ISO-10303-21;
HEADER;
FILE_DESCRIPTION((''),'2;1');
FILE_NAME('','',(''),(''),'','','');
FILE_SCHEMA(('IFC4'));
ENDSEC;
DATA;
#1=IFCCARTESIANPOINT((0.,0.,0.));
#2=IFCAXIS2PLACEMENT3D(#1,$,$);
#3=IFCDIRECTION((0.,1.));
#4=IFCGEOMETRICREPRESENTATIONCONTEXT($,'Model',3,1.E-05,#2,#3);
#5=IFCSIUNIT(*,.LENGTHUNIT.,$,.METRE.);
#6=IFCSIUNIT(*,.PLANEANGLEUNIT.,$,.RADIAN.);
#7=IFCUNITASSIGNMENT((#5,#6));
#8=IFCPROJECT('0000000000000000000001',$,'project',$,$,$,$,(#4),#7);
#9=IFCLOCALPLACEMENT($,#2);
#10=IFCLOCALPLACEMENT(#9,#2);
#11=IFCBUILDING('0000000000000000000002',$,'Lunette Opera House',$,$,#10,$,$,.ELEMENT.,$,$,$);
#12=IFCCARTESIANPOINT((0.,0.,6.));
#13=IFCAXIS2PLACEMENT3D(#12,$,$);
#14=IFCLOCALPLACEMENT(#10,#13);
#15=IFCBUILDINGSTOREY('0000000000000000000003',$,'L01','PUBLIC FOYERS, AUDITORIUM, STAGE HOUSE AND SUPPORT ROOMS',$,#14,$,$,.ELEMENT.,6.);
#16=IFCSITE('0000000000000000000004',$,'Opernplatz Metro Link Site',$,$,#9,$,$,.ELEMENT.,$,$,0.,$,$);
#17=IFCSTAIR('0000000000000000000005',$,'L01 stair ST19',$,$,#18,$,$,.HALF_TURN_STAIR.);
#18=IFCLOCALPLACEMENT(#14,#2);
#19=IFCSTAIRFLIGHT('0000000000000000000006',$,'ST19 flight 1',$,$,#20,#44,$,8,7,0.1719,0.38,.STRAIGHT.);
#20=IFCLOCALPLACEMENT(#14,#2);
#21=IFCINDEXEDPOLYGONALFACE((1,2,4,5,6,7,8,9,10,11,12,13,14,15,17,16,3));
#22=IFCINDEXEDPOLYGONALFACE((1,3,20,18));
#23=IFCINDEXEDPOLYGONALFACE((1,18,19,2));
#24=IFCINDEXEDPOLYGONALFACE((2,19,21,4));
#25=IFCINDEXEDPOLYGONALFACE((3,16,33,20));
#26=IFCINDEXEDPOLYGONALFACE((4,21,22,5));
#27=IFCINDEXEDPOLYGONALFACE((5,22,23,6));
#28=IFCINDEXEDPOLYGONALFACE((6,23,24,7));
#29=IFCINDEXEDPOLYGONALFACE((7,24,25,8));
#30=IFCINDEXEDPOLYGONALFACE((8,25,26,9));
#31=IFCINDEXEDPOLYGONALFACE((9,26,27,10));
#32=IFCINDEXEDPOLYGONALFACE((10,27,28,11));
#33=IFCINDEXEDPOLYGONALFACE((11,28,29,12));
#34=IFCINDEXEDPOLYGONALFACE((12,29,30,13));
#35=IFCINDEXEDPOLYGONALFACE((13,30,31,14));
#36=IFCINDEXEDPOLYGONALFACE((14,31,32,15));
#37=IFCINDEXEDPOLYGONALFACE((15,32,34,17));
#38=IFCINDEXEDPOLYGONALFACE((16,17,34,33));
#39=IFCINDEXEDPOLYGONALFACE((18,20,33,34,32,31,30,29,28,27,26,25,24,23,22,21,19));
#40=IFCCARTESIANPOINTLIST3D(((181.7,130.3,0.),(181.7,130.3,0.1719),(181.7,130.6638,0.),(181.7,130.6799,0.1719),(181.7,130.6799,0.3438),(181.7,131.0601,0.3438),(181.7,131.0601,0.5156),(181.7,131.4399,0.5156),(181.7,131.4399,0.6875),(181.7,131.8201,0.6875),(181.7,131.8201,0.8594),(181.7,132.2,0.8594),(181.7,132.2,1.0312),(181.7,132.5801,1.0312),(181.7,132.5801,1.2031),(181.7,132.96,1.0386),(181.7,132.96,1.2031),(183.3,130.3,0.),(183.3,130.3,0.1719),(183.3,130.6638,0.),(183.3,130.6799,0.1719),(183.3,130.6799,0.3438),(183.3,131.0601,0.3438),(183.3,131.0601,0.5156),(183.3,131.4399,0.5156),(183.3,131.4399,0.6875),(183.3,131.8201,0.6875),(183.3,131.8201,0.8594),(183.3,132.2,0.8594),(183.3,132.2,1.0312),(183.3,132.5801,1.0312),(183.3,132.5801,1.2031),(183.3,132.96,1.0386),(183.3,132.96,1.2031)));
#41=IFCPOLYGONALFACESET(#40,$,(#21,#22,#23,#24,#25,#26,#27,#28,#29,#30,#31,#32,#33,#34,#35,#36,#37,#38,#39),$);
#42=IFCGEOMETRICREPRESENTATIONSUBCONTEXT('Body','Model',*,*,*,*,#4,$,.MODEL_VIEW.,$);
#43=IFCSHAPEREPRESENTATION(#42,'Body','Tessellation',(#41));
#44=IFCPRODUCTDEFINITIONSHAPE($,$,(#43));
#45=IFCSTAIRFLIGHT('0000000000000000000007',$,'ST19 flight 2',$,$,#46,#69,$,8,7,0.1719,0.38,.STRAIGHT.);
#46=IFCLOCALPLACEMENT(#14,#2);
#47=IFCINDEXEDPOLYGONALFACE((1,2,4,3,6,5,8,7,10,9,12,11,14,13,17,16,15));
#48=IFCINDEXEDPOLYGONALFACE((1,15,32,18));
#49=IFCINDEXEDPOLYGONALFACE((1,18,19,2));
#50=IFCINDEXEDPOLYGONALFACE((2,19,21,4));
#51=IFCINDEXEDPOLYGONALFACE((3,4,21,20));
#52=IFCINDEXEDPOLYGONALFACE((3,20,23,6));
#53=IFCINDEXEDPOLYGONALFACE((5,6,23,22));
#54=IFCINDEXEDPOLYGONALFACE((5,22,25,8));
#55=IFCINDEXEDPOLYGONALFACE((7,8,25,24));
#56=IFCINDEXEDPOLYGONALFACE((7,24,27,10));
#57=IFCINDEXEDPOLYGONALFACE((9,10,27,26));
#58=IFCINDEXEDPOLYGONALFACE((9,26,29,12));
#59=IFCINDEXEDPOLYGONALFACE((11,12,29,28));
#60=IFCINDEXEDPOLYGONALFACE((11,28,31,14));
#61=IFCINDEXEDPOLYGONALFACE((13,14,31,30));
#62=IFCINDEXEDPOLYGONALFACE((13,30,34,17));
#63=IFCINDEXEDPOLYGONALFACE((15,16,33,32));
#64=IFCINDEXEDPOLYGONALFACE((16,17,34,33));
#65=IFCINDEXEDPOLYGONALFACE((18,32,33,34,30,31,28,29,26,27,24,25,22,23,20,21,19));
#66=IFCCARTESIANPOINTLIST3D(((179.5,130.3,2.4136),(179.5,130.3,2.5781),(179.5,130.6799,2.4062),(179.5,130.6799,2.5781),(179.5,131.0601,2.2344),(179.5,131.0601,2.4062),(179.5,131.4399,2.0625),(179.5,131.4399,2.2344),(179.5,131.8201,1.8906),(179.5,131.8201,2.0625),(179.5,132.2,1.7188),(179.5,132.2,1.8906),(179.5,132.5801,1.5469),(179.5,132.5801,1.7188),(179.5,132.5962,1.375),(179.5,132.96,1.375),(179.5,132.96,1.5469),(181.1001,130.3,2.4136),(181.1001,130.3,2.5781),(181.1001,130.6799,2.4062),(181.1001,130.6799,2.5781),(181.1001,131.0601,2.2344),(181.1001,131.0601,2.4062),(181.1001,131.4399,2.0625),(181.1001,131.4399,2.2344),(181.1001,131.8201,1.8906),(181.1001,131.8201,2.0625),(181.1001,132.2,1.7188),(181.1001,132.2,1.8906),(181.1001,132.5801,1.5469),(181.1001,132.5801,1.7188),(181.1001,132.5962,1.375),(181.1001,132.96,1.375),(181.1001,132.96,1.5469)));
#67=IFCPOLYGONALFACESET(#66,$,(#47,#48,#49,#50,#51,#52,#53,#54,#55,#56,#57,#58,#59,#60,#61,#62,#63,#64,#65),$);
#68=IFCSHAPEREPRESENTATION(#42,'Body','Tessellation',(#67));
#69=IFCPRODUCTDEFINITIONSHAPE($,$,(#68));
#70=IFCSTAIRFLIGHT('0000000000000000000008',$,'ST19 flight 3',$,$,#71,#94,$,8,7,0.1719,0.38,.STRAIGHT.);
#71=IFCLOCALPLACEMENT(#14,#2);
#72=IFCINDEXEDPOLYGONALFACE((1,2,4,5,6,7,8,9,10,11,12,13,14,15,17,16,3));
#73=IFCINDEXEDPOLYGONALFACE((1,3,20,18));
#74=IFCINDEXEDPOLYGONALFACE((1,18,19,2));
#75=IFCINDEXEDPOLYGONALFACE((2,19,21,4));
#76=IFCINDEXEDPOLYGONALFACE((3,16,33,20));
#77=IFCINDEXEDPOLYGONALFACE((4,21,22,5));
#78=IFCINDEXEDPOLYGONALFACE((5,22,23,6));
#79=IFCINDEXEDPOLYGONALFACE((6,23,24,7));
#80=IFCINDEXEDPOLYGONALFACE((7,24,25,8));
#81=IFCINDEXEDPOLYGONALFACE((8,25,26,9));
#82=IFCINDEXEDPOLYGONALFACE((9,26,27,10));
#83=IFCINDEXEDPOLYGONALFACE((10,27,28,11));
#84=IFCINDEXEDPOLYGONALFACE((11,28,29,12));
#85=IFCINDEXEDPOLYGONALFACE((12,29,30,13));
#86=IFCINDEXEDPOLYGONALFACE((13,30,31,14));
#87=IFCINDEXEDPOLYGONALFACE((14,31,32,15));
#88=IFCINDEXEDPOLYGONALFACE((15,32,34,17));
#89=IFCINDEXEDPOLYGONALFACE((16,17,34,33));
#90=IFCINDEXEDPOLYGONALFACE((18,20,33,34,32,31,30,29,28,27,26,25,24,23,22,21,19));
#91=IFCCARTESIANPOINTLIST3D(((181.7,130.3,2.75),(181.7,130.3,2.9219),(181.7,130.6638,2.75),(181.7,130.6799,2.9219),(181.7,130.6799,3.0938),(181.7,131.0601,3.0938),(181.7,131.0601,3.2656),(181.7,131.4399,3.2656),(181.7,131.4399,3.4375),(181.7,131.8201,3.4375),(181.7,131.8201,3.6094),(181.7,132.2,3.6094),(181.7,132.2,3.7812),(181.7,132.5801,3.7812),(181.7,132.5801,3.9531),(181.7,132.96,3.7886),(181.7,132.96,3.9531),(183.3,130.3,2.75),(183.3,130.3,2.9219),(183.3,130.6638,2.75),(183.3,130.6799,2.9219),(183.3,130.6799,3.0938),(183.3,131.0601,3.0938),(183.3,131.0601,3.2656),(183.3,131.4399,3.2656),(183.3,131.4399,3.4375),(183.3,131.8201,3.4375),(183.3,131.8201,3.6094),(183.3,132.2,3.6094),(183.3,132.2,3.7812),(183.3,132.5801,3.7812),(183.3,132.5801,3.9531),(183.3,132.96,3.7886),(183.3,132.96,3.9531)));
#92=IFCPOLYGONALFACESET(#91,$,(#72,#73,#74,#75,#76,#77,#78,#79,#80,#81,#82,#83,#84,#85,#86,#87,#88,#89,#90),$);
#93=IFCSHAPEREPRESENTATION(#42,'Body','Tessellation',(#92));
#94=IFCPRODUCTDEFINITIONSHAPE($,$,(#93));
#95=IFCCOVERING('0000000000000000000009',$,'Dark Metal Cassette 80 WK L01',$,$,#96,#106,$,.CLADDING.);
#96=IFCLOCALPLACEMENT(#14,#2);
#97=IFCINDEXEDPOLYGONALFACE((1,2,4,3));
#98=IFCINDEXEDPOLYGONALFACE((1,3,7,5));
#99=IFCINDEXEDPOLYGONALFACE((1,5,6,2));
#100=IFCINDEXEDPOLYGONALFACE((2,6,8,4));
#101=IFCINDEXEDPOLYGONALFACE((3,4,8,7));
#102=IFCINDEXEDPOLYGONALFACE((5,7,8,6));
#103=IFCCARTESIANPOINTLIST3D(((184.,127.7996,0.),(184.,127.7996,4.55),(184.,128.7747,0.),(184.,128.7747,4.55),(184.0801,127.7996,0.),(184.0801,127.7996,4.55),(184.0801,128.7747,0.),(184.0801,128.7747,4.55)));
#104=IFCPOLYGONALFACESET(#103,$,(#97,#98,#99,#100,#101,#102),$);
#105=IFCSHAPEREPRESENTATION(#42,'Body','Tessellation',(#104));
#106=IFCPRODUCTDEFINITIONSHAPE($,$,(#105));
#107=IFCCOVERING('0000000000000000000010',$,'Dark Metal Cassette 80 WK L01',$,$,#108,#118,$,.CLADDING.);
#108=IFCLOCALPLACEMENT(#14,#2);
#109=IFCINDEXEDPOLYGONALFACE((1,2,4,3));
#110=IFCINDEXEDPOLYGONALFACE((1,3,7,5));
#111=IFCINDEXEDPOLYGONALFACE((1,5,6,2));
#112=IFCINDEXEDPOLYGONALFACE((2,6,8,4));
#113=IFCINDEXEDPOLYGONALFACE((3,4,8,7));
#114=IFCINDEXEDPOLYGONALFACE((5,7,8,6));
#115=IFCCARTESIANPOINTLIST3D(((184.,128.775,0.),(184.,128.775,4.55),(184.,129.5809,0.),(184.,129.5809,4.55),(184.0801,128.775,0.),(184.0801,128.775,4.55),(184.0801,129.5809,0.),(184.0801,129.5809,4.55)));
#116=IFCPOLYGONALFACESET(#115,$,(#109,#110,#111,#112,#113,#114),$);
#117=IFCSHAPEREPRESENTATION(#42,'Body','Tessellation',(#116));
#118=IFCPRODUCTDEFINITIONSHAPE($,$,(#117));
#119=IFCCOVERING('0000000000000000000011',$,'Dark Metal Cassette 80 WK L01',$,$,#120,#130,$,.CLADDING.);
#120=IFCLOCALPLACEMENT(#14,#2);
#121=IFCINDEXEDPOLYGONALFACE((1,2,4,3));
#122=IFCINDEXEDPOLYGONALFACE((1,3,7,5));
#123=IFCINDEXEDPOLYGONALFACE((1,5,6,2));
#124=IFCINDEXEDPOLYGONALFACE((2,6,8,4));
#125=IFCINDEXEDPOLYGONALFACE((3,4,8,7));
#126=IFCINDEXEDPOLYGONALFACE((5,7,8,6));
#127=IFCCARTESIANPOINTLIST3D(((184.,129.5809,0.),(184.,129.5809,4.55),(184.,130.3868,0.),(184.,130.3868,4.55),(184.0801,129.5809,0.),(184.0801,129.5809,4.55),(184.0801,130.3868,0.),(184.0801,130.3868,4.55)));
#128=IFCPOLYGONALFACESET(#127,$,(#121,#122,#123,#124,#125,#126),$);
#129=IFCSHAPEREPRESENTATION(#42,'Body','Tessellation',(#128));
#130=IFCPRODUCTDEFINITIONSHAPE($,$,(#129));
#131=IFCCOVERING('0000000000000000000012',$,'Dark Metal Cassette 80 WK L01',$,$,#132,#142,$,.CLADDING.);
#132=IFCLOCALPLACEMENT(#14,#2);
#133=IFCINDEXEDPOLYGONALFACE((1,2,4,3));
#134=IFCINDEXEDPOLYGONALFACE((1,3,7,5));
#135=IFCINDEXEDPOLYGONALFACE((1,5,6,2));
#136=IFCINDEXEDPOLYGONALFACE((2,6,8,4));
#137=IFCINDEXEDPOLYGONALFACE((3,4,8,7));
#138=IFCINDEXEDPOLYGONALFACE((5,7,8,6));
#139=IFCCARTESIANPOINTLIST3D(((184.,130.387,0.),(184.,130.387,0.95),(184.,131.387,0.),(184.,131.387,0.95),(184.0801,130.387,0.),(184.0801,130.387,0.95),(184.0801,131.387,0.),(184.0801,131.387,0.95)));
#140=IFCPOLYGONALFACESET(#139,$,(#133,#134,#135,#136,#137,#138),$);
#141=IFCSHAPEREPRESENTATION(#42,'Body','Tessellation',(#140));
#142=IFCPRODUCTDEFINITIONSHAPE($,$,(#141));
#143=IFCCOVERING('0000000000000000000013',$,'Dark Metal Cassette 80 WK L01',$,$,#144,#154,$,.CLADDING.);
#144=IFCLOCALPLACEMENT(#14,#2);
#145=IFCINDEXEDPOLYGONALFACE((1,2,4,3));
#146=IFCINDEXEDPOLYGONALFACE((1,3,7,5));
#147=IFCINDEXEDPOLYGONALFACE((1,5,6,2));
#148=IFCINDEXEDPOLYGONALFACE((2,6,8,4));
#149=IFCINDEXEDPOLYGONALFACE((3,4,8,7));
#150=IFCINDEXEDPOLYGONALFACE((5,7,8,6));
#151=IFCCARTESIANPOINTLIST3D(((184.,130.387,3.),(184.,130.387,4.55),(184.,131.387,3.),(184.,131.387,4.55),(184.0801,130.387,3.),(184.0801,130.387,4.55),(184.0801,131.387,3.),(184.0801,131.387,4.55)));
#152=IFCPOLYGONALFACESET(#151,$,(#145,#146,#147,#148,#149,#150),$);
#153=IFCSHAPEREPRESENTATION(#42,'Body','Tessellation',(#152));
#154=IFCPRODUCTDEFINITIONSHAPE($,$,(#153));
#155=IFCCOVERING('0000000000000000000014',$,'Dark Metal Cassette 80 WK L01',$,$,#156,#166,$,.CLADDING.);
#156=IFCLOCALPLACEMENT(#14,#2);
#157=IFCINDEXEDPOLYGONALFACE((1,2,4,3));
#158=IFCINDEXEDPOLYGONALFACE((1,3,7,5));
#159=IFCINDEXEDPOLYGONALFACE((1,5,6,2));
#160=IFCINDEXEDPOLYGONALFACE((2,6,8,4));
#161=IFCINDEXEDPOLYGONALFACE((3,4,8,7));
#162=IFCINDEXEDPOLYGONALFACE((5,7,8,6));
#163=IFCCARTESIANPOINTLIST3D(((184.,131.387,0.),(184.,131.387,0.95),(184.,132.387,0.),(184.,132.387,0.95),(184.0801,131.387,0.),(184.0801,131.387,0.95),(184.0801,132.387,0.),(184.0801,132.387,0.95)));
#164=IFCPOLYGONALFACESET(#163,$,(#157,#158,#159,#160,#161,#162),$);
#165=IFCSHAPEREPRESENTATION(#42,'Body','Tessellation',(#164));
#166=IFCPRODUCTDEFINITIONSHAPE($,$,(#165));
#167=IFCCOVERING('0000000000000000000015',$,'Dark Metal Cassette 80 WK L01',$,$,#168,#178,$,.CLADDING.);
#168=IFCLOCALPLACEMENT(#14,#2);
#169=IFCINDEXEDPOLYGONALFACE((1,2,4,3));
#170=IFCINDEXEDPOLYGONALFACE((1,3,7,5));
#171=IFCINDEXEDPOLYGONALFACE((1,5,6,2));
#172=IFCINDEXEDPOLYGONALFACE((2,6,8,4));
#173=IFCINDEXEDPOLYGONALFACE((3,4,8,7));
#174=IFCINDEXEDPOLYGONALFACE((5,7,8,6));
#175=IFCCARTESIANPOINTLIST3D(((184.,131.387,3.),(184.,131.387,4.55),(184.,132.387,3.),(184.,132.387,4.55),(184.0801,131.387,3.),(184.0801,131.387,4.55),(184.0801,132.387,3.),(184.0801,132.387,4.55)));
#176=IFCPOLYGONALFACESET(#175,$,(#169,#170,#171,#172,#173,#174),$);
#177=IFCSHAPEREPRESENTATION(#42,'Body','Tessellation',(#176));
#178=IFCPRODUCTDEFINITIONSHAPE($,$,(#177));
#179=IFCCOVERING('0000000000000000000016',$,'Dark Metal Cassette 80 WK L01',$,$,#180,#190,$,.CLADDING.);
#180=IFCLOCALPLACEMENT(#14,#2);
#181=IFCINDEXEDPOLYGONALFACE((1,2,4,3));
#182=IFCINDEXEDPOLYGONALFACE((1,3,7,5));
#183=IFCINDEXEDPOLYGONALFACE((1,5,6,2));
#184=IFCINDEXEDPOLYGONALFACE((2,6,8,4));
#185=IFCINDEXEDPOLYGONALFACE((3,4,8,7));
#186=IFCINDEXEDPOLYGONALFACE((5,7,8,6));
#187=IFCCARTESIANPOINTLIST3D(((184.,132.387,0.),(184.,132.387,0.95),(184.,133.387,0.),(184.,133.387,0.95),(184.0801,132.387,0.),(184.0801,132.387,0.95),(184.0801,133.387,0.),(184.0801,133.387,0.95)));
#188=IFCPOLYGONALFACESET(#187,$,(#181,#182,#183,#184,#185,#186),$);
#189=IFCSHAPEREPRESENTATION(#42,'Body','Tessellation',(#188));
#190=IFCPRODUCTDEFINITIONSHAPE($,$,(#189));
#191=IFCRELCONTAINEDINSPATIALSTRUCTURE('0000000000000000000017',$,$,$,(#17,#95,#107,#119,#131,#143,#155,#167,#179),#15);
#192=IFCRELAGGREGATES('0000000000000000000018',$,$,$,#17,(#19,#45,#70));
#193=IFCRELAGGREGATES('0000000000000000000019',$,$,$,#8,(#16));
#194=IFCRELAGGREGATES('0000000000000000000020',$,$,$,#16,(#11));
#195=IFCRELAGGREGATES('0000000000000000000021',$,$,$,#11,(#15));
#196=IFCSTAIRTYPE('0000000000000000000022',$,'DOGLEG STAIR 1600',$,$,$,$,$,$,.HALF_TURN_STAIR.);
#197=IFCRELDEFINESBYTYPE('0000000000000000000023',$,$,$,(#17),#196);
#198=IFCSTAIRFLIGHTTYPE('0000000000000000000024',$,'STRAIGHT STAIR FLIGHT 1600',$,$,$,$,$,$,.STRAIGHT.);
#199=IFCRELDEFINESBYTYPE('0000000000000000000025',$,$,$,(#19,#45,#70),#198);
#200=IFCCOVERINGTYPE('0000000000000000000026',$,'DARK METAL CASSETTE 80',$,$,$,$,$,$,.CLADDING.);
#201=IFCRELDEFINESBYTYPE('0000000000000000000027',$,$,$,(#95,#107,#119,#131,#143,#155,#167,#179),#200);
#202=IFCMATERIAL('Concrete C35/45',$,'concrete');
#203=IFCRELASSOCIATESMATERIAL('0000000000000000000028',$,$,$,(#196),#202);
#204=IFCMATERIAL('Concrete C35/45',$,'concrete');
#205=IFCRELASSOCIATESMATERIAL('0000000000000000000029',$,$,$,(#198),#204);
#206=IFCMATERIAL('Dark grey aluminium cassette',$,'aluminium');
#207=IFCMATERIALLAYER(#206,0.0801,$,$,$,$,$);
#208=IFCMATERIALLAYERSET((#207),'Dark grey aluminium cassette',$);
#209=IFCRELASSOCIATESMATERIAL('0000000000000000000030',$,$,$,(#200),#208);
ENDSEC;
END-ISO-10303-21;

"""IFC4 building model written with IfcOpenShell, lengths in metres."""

from ifc_helpers import new_model, si_unit, direction, frame, origin, origin_2d, place, context, subcontext, project, spatial, polyline, rectangle, outline, extrude, material, layer, layer_set, type_object, element, aggregate, save


model = new_model("IFC4")

# Units and contexts
model_context = context("Model", 3, precision=1e-05, world=origin(), true_north=direction((0.0, 1.0)))
body_context = subcontext(model_context, "Body", "Model", "MODEL_VIEW")
ifc_project = project(units=[si_unit("LENGTHUNIT", "METRE"), si_unit("PLANEANGLEUNIT", "RADIAN")], contexts=[model_context])

# Site, building, storey
site_placement = place(None, origin())
site = spatial("IfcSite", under=ifc_project, at=site_placement, Name="Opernplatz Metro Link Site", CompositionType="ELEMENT", RefElevation=0.0)
building_placement = place(site_placement, origin())
building = spatial("IfcBuilding", under=site, at=building_placement, Name="Lunette Opera House", CompositionType="ELEMENT")
storey_placement = place(building_placement, frame((0.0, 0.0, 6.0)))
storey = spatial("IfcBuildingStorey", under=building, at=storey_placement, Name="L01", Description="PUBLIC FOYERS, AUDITORIUM, STAGE HOUSE AND SUPPORT ROOMS", CompositionType="ELEMENT", Elevation=6.0)

# Stair, stair flights
ifc_material_1 = material(Name="Concrete C35/45", Category="concrete")
stair_type = type_object("IfcStairType", Name="DOGLEG STAIR 1600", PredefinedType="HALF_TURN_STAIR", material=ifc_material_1)
stair_placement = place(storey_placement, origin())
stair = element("IfcStair", 1, at=stair_placement, inside=storey, type_object=stair_type, Name="L01 stair ST19", PredefinedType="HALF_TURN_STAIR")
ifc_material_2 = material(Name="Concrete C35/45", Category="concrete")
stair_flight_type = type_object("IfcStairFlightType", Name="STRAIGHT STAIR FLIGHT 1600", PredefinedType="STRAIGHT", material=ifc_material_2)
stair_flight_1_placement = place(storey_placement, frame((182.5, 130.3, 0.0), z_axis=(0.0, 0.0, 1.0), x_axis=(0.0, 1.0, 0.0)))
stair_flight_1 = element("IfcStairFlight", 2, at=stair_flight_1_placement, type_object=stair_flight_type, Name="ST19 flight 1", NumberOfRisers=8, NumberOfTreads=7, PredefinedType="STRAIGHT", RiserHeight=0.1719, TreadLength=0.38, context=body_context, shape_type="SweptSolid", body=[
    extrude(outline(polyline([(0.0, 0.0), (0.0, 0.1719), (0.3799, 0.1719), (0.3799, 0.3438), (0.76, 0.3438), (0.76, 0.5156), (1.1399, 0.5156), (1.1399, 0.6875), (1.52, 0.6875), (1.52, 0.8594), (1.8999, 0.8594), (1.8999, 1.0312), (2.28, 1.0312), (2.28, 1.2031), (2.6599, 1.2031), (2.6599, 1.375), (2.6599, 1.0386), (0.3638, 0.0), (0.0, 0.0)])), frame((0.0, 0.8, 0.0), z_axis=(0.0, -1.0, 0.0), x_axis=(1.0, 0.0, 0.0)), (0.0, 0.0, 1.0), 1.6001),
])
stair_flight_2_placement = place(storey_placement, frame((180.3, 132.96, 1.375), z_axis=(0.0, 0.0, 1.0), x_axis=(0.0, -1.0, 0.0)))
stair_flight_2 = element("IfcStairFlight", 3, at=stair_flight_2_placement, type_object=stair_flight_type, Name="ST19 flight 2", NumberOfRisers=8, NumberOfTreads=7, PredefinedType="STRAIGHT", RiserHeight=0.1719, TreadLength=0.38, context=body_context, shape_type="SweptSolid", body=[
    extrude(outline(polyline([(0.0, 0.0), (0.0, 0.1719), (0.3799, 0.1719), (0.3799, 0.3438), (0.76, 0.3438), (0.76, 0.5156), (1.1399, 0.5156), (1.1399, 0.6875), (1.52, 0.6875), (1.52, 0.8594), (1.8999, 0.8594), (1.8999, 1.0312), (2.28, 1.0312), (2.28, 1.2031), (2.6599, 1.2031), (2.6599, 1.375), (2.6599, 1.0386), (0.3638, 0.0), (0.0, 0.0)])), frame((0.0, 0.8, 0.0), z_axis=(0.0, -1.0, 0.0), x_axis=(1.0, 0.0, 0.0)), (0.0, 0.0, 1.0), 1.6001),
])
stair_flight_3_placement = place(storey_placement, frame((182.5, 130.3, 2.75), z_axis=(0.0, 0.0, 1.0), x_axis=(0.0, 1.0, 0.0)))
stair_flight_3 = element("IfcStairFlight", 4, at=stair_flight_3_placement, type_object=stair_flight_type, Name="ST19 flight 3", NumberOfRisers=8, NumberOfTreads=7, PredefinedType="STRAIGHT", RiserHeight=0.1719, TreadLength=0.38, context=body_context, shape_type="SweptSolid", body=[
    extrude(outline(polyline([(0.0, 0.0), (0.0, 0.1719), (0.3799, 0.1719), (0.3799, 0.3438), (0.76, 0.3438), (0.76, 0.5156), (1.1399, 0.5156), (1.1399, 0.6875), (1.52, 0.6875), (1.52, 0.8594), (1.8999, 0.8594), (1.8999, 1.0312), (2.28, 1.0312), (2.28, 1.2031), (2.6599, 1.2031), (2.6599, 1.375), (2.6599, 1.0386), (0.3638, 0.0), (0.0, 0.0)])), frame((0.0, 0.8, 0.0), z_axis=(0.0, -1.0, 0.0), x_axis=(1.0, 0.0, 0.0)), (0.0, 0.0, 1.0), 1.6001),
])
aggregate(stair, [stair_flight_1, stair_flight_2, stair_flight_3])

# Coverings
ifc_material_3 = material(Name="Dark grey aluminium cassette", Category="aluminium")
ifc_layer_1 = layer(ifc_material_3, 0.0801)
ifc_layer_set_1 = layer_set([ifc_layer_1], Name="Dark grey aluminium cassette")
covering_type = type_object("IfcCoveringType", Name="DARK METAL CASSETTE 80", PredefinedType="CLADDING", material=ifc_layer_set_1)
covering_1_placement = place(storey_placement, frame((184.04, 128.2871, 0.0), z_axis=(0.0, 0.0, 1.0), x_axis=(0.0, 1.0, 0.0)))
element("IfcCovering", 5, at=covering_1_placement, inside=storey, type_object=covering_type, Name="Dark Metal Cassette 80 WK L01", PredefinedType="CLADDING", context=body_context, shape_type="SweptSolid", body=[
    extrude(rectangle(XDim=0.9751, YDim=0.0801, at=origin_2d()), origin(), (0.0, 0.0, 1.0), 4.55),
])
for number, where, z_axis, x_axis, name in (
    (6, (184.04, 129.178, 0.0), (0.0, 0.0, 1.0), (0.0, 1.0, 0.0), "Dark Metal Cassette 80 WK L01"),
    (7, (184.04, 129.9839, 0.0), (0.0, 0.0, 1.0), (0.0, 1.0, 0.0), "Dark Metal Cassette 80 WK L01"),
):
    element("IfcCovering", number, at=place(storey_placement, frame(where, z_axis=z_axis, x_axis=x_axis)), inside=storey, type_object=covering_type, Name=name, PredefinedType="CLADDING", context=body_context, shape_type="SweptSolid", body=[
        extrude(rectangle(XDim=0.8059, YDim=0.0801, at=origin_2d()), origin(), (0.0, 0.0, 1.0), 4.55),
    ])
covering_2_placement = place(storey_placement, frame((184.04, 130.887, 0.0), z_axis=(0.0, 0.0, 1.0), x_axis=(0.0, 1.0, 0.0)))
element("IfcCovering", 8, at=covering_2_placement, inside=storey, type_object=covering_type, Name="Dark Metal Cassette 80 WK L01", PredefinedType="CLADDING", context=body_context, shape_type="SweptSolid", body=[
    extrude(rectangle(XDim=1.0, YDim=0.0801, at=origin_2d()), origin(), (0.0, 0.0, 1.0), 0.95),
])
covering_3_placement = place(storey_placement, frame((184.04, 130.887, 3.0), z_axis=(0.0, 0.0, 1.0), x_axis=(0.0, 1.0, 0.0)))
element("IfcCovering", 9, at=covering_3_placement, inside=storey, type_object=covering_type, Name="Dark Metal Cassette 80 WK L01", PredefinedType="CLADDING", context=body_context, shape_type="SweptSolid", body=[
    extrude(rectangle(XDim=1.0, YDim=0.0801, at=origin_2d()), origin(), (0.0, 0.0, 1.0), 1.55),
])
covering_4_placement = place(storey_placement, frame((184.04, 131.887, 0.0), z_axis=(0.0, 0.0, 1.0), x_axis=(0.0, 1.0, 0.0)))
element("IfcCovering", 10, at=covering_4_placement, inside=storey, type_object=covering_type, Name="Dark Metal Cassette 80 WK L01", PredefinedType="CLADDING", context=body_context, shape_type="SweptSolid", body=[
    extrude(rectangle(XDim=1.0, YDim=0.0801, at=origin_2d()), origin(), (0.0, 0.0, 1.0), 0.95),
])
covering_5_placement = place(storey_placement, frame((184.04, 131.887, 3.0), z_axis=(0.0, 0.0, 1.0), x_axis=(0.0, 1.0, 0.0)))
element("IfcCovering", 11, at=covering_5_placement, inside=storey, type_object=covering_type, Name="Dark Metal Cassette 80 WK L01", PredefinedType="CLADDING", context=body_context, shape_type="SweptSolid", body=[
    extrude(rectangle(XDim=1.0, YDim=0.0801, at=origin_2d()), origin(), (0.0, 0.0, 1.0), 1.55),
])
covering_6_placement = place(storey_placement, frame((184.04, 132.887, 0.0), z_axis=(0.0, 0.0, 1.0), x_axis=(0.0, 1.0, 0.0)))
element("IfcCovering", 12, at=covering_6_placement, inside=storey, type_object=covering_type, Name="Dark Metal Cassette 80 WK L01", PredefinedType="CLADDING", context=body_context, shape_type="SweptSolid", body=[
    extrude(rectangle(XDim=1.0, YDim=0.0801, at=origin_2d()), origin(), (0.0, 0.0, 1.0), 0.95),
])

save(model, "model.ifc")
